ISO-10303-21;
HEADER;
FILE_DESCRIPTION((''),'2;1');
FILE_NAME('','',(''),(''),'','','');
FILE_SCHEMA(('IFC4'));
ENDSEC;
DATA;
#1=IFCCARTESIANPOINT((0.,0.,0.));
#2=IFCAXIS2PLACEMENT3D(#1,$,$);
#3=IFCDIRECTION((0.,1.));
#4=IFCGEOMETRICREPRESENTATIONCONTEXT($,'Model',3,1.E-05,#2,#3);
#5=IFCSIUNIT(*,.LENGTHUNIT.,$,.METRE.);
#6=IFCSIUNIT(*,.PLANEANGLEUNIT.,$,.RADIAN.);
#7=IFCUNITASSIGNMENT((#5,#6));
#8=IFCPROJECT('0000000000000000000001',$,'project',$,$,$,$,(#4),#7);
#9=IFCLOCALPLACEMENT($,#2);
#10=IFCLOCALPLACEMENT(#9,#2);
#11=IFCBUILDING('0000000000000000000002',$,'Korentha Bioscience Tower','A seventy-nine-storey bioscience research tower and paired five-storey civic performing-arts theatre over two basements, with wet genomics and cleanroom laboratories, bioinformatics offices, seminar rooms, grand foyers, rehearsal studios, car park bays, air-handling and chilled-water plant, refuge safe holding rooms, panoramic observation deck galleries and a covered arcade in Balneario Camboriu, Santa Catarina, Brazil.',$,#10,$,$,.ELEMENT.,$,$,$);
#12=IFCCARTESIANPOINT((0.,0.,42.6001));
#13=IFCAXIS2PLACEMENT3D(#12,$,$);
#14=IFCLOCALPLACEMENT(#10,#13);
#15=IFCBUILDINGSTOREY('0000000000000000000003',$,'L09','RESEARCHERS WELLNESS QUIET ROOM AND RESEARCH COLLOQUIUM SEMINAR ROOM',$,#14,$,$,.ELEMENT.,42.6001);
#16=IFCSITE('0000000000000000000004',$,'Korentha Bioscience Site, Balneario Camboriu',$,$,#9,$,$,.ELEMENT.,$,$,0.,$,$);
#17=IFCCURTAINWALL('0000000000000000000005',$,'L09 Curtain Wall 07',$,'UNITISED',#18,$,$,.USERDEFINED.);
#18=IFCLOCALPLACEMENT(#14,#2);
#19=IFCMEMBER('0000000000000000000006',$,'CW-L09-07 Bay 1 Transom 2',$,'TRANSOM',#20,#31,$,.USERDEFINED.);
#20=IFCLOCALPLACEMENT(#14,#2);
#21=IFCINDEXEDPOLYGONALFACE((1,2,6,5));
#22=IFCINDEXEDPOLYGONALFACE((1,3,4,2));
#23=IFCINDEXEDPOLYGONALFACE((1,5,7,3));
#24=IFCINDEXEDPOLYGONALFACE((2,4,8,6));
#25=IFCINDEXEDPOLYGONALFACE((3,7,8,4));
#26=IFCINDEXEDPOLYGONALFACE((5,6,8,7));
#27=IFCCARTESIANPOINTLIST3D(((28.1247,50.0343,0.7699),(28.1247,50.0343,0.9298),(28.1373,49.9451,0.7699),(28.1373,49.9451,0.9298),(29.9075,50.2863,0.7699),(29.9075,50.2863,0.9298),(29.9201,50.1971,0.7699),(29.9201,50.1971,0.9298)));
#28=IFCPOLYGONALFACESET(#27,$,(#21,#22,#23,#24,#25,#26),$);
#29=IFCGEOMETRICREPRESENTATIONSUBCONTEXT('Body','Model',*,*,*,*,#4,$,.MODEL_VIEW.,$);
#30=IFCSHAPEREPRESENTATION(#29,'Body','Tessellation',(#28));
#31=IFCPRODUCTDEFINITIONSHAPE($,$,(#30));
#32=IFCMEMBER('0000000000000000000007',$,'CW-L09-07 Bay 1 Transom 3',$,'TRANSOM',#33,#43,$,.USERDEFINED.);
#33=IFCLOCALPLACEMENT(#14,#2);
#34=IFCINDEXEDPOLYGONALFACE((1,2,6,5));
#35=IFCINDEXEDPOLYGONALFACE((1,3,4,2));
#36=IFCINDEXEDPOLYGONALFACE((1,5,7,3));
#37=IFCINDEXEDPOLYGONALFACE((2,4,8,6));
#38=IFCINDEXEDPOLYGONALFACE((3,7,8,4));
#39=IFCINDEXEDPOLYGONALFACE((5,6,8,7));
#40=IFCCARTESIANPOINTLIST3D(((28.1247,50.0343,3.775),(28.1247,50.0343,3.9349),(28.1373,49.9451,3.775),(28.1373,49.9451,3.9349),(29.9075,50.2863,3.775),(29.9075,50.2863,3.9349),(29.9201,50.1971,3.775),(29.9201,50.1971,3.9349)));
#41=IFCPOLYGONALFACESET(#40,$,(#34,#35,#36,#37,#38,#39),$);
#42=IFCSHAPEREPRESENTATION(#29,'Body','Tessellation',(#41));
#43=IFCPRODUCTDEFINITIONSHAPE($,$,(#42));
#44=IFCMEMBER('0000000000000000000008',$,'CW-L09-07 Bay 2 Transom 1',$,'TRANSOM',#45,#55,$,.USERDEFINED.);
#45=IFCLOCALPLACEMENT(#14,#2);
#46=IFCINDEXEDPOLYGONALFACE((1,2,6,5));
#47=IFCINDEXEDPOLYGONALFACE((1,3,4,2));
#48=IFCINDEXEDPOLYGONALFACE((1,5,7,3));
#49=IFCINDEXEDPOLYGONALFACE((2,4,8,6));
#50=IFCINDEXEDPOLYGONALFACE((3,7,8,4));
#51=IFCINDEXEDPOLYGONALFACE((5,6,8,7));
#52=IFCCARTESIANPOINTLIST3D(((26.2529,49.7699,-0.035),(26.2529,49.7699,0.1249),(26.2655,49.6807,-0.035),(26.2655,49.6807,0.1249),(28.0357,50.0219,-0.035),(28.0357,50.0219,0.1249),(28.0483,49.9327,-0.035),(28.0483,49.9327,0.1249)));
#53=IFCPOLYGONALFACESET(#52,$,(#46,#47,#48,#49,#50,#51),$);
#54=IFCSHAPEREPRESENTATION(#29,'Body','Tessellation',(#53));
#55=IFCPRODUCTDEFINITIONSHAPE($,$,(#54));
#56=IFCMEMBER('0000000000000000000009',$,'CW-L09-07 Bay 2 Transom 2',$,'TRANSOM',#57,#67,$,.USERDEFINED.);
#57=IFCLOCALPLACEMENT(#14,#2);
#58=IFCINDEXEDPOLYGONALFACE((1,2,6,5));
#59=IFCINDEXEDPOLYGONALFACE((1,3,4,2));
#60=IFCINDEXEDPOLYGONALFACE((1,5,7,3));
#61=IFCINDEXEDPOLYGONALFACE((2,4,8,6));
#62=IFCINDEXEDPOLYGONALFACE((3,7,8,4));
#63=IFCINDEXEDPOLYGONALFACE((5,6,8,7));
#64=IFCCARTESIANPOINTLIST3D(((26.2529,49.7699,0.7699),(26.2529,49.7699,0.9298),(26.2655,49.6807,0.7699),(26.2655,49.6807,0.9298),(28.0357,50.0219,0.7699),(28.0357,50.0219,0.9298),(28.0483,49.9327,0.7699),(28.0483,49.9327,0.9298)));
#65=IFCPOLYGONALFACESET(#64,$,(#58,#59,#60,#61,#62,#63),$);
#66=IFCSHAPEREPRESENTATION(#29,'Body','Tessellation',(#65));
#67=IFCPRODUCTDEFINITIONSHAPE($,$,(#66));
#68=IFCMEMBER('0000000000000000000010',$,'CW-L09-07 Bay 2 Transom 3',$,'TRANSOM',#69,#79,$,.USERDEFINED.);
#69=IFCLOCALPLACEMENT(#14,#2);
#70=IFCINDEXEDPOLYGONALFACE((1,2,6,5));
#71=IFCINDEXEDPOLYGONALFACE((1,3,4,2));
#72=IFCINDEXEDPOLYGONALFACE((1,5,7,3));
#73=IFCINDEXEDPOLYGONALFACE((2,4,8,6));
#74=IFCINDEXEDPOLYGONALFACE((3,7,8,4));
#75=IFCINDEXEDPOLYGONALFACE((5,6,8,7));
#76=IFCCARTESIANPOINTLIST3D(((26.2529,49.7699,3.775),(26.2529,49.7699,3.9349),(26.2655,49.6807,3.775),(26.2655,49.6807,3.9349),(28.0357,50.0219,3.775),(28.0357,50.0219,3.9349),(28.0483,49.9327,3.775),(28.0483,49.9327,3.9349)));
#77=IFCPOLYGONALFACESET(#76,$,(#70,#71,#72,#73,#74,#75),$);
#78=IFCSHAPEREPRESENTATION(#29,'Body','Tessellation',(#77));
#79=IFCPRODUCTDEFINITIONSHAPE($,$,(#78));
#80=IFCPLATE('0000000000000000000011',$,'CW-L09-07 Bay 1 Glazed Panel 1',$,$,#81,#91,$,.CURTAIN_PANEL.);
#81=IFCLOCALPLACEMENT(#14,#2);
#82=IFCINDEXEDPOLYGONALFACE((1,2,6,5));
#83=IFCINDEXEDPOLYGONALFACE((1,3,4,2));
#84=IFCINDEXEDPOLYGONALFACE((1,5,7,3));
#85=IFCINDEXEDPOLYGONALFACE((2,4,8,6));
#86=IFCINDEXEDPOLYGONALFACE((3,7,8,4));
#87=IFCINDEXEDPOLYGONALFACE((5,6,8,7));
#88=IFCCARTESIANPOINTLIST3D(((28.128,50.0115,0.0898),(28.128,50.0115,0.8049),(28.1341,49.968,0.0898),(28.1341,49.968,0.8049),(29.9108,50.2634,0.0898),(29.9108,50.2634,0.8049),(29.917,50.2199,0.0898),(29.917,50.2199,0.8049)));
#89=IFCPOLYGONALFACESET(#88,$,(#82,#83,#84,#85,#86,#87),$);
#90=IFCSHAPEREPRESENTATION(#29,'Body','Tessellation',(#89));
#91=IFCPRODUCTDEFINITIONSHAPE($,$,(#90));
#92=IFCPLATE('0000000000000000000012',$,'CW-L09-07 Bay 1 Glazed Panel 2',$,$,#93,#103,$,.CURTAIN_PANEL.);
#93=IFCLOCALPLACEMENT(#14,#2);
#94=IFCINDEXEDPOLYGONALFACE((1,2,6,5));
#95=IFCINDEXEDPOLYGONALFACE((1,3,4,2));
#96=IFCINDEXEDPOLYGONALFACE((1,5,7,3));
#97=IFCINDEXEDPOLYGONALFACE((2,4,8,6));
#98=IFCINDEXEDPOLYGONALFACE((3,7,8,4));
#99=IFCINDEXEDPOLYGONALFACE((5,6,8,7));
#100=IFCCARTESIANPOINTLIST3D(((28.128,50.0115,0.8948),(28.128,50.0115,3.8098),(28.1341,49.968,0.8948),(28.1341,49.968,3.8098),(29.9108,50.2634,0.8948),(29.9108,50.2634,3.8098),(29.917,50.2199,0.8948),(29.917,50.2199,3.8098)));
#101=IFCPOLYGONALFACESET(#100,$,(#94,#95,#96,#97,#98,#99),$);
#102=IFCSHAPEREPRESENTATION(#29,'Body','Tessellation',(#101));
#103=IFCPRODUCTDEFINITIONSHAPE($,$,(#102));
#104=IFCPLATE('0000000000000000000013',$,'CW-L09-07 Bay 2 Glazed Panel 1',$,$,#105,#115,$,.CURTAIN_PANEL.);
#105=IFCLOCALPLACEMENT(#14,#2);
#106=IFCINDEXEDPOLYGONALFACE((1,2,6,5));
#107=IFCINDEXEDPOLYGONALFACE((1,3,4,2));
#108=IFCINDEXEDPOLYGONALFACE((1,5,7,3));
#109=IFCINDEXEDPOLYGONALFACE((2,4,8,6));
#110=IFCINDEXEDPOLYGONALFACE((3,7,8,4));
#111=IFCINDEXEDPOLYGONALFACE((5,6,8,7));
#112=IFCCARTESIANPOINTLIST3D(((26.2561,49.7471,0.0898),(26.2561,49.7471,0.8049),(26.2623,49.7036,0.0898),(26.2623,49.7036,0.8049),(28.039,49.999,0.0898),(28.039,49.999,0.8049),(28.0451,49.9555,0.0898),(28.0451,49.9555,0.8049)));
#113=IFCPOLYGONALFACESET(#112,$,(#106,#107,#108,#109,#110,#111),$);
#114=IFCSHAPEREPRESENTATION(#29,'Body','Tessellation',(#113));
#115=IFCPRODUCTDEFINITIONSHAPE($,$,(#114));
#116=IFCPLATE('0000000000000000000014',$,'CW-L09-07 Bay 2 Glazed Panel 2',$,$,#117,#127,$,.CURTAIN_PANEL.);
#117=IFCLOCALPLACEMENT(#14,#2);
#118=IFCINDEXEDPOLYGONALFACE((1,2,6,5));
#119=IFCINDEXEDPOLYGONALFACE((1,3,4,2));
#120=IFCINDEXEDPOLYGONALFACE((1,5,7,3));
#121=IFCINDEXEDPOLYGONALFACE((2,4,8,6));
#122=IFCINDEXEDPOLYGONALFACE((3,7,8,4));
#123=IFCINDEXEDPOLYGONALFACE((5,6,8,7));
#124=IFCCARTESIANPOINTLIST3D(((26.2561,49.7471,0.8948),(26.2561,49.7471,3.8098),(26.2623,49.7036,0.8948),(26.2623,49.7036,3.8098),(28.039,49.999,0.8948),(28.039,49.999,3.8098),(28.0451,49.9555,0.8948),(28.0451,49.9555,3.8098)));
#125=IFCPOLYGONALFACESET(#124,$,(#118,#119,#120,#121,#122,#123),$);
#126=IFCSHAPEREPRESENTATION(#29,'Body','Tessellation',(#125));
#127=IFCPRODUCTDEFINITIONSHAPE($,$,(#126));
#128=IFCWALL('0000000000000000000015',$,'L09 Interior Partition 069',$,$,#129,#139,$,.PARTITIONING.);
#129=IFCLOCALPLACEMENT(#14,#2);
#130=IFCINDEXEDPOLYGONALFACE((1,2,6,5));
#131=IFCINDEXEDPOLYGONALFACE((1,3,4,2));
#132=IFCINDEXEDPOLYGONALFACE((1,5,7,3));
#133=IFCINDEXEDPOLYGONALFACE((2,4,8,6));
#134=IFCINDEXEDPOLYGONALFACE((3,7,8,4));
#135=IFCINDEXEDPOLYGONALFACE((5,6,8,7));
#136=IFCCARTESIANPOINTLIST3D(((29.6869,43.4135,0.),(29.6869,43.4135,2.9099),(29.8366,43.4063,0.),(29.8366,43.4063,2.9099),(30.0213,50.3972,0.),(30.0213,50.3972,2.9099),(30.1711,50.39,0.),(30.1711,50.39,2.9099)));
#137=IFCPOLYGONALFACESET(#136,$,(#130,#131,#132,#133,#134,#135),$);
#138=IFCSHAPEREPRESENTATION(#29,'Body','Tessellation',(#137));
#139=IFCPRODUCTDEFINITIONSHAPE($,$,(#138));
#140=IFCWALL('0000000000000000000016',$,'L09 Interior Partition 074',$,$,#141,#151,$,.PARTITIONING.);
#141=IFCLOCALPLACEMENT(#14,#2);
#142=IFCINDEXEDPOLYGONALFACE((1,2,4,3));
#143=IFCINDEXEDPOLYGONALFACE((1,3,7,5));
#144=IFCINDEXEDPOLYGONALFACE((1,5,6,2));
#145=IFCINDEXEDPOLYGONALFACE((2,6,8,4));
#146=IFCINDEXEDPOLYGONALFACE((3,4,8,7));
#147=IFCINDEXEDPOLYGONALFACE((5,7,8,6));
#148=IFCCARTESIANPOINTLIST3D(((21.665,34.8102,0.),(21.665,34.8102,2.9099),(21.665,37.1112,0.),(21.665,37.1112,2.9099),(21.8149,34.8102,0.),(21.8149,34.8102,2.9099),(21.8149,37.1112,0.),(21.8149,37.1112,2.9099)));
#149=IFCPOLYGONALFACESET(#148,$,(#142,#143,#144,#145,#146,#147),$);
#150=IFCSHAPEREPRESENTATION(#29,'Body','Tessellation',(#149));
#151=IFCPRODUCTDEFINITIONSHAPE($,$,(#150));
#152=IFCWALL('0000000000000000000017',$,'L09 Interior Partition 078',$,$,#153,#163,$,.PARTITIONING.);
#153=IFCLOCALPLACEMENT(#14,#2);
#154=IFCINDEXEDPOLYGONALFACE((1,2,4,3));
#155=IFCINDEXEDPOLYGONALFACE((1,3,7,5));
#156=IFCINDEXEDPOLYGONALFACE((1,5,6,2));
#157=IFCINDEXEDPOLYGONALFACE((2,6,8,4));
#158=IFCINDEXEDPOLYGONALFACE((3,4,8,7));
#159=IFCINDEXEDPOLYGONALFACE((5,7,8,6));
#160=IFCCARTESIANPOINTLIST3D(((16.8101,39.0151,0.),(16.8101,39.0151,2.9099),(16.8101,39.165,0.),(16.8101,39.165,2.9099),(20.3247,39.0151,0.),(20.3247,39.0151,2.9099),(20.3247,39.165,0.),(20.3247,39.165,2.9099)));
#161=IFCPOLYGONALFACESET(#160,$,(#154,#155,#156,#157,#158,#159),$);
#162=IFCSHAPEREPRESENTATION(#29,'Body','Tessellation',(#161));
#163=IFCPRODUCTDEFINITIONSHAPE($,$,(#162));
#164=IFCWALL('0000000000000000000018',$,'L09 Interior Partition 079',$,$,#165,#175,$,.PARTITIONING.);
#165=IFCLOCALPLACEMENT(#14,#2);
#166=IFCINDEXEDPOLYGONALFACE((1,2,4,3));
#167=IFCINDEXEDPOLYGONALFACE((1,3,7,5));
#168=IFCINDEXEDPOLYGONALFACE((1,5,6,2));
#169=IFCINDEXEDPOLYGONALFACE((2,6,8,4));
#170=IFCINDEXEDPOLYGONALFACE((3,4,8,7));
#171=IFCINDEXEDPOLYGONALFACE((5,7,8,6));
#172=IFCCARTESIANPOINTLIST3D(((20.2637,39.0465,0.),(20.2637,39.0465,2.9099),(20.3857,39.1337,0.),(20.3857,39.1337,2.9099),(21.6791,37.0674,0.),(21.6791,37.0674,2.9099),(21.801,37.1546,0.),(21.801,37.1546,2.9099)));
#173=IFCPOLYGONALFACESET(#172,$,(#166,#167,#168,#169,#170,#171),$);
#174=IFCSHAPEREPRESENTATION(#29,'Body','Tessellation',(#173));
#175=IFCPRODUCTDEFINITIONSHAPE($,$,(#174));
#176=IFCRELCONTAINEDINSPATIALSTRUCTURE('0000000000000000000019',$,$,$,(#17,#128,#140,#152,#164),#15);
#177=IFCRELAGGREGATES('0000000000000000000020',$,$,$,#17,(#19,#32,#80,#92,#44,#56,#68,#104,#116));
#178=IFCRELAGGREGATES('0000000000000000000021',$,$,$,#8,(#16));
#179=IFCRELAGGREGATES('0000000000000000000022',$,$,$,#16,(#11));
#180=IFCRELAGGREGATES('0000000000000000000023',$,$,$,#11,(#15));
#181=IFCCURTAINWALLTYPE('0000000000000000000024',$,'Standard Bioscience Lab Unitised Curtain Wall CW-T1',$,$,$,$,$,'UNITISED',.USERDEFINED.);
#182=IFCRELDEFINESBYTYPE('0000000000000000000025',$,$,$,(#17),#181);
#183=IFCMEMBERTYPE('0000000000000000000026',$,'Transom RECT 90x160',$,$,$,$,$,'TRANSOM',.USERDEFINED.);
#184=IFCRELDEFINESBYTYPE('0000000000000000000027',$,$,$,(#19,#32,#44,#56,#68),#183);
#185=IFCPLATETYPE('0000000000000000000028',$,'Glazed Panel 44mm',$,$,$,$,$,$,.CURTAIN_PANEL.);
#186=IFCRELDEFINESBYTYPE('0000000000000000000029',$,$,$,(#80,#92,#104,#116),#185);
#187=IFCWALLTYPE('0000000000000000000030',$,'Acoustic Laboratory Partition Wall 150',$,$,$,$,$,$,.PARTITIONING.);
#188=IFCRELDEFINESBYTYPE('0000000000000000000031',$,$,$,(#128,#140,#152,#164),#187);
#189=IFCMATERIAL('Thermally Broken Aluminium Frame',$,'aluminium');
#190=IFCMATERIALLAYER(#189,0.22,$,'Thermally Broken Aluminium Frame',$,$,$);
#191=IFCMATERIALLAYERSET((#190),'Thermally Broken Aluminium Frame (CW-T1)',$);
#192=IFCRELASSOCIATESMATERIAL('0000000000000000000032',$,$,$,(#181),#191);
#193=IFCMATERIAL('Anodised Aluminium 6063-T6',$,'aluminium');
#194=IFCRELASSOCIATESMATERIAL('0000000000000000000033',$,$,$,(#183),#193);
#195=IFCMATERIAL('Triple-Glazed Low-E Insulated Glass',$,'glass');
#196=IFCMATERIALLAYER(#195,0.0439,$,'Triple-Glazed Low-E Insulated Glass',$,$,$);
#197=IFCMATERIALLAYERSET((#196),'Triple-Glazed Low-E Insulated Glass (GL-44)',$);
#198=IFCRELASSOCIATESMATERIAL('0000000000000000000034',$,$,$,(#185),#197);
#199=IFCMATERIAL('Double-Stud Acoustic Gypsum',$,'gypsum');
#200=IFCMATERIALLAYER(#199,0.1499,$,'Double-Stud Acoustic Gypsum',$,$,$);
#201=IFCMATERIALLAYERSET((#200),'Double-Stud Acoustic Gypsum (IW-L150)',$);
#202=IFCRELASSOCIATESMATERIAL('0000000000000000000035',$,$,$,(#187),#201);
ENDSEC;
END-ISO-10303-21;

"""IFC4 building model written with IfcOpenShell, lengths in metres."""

from ifc_helpers import new_model, si_unit, direction, frame, frame_2d, origin, origin_2d, place, context, subcontext, project, spatial, rectangle, extrude, material, layer, layer_set, material_profile, profile_set, type_object, element, aggregate, save


model = new_model("IFC4")

# Units and contexts
model_context = context("Model", 3, precision=1e-05, world=origin(), true_north=direction((0.0, 1.0)))
body_context = subcontext(model_context, "Body", "Model", "MODEL_VIEW")
ifc_project = project(units=[si_unit("LENGTHUNIT", "METRE"), si_unit("PLANEANGLEUNIT", "RADIAN")], contexts=[model_context])

# Site, building, storey
site_placement = place(None, origin())
site = spatial("IfcSite", under=ifc_project, at=site_placement, Name="Korentha Bioscience Site, Balneario Camboriu", CompositionType="ELEMENT", RefElevation=0.0)
building_placement = place(site_placement, origin())
building = spatial("IfcBuilding", under=site, at=building_placement, Name="Korentha Bioscience Tower", Description="A seventy-nine-storey bioscience research tower and paired five-storey civic performing-arts theatre over two basements, with wet genomics and cleanroom laboratories, bioinformatics offices, seminar rooms, grand foyers, rehearsal studios, car park bays, air-handling and chilled-water plant, refuge safe holding rooms, panoramic observation deck galleries and a covered arcade in Balneario Camboriu, Santa Catarina, Brazil.", CompositionType="ELEMENT")
storey_placement = place(building_placement, frame((0.0, 0.0, 42.6001)))
storey = spatial("IfcBuildingStorey", under=building, at=storey_placement, Name="L09", Description="RESEARCHERS WELLNESS QUIET ROOM AND RESEARCH COLLOQUIUM SEMINAR ROOM", CompositionType="ELEMENT", Elevation=42.6001)

# Curtain wall
ifc_material_1 = material(Name="Thermally Broken Aluminium Frame", Category="aluminium")
ifc_layer_1 = layer(ifc_material_1, 0.22, Name="Thermally Broken Aluminium Frame")
ifc_layer_set_1 = layer_set([ifc_layer_1], Name="Thermally Broken Aluminium Frame (CW-T1)")
curtain_wall_type = type_object("IfcCurtainWallType", Name="Standard Bioscience Lab Unitised Curtain Wall CW-T1", ElementType="UNITISED", PredefinedType="USERDEFINED", material=ifc_layer_set_1)
curtain_wall_placement = place(storey_placement, origin())
curtain_wall = element("IfcCurtainWall", 1, at=curtain_wall_placement, inside=storey, type_object=curtain_wall_type, Name="L09 Curtain Wall 07", ObjectType="UNITISED", PredefinedType="USERDEFINED")
ifc_material_2 = material(Name="Anodised Aluminium 6063-T6", Category="aluminium")

# Members
ifc_material_profile_1 = material_profile(ifc_material_2, rectangle(XDim=0.0901, YDim=0.1599, at=origin_2d()), Name="Anodised Aluminium 6063-T6")
ifc_profile_set_1 = profile_set([ifc_material_profile_1], Name="Anodised Aluminium 6063-T6 (CW-TRN)")
member_type_1 = type_object("IfcMemberType", Name="Transom RECT 90x160", ElementType="TRANSOM", PredefinedType="USERDEFINED", material=ifc_profile_set_1)
member_1_placement = place(storey_placement, frame((29.9138, 50.2417, 0.8499), z_axis=(-0.99016, -0.13994, 0.0), x_axis=(0.13994, -0.99016, 0.0)))
member_1 = element("IfcMember", 2, at=member_1_placement, type_object=member_type_1, Name="CW-L09-07 Bay 1 Transom 2", ObjectType="TRANSOM", PredefinedType="USERDEFINED", context=body_context, shape_type="SweptSolid", body=[
    extrude(rectangle(XDim=0.0901, YDim=0.1599, at=origin_2d()), origin(), (0.0, 0.0, 1.0), 1.8005),
])
member_2_placement = place(storey_placement, frame((29.9138, 50.2417, 3.855), z_axis=(-0.99016, -0.13994, 0.0), x_axis=(0.13994, -0.99016, 0.0)))
member_2 = element("IfcMember", 3, at=member_2_placement, type_object=member_type_1, Name="CW-L09-07 Bay 1 Transom 3", ObjectType="TRANSOM", PredefinedType="USERDEFINED", context=body_context, shape_type="SweptSolid", body=[
    extrude(rectangle(XDim=0.0901, YDim=0.1599, at=origin_2d()), origin(), (0.0, 0.0, 1.0), 1.8005),
])
member_3_placement = place(storey_placement, frame((28.042, 49.9773, 0.0449), z_axis=(-0.99016, -0.13994, 0.0), x_axis=(0.13994, -0.99016, 0.0)))
member_3 = element("IfcMember", 4, at=member_3_placement, type_object=member_type_1, Name="CW-L09-07 Bay 2 Transom 1", ObjectType="TRANSOM", PredefinedType="USERDEFINED", context=body_context, shape_type="SweptSolid", body=[
    extrude(rectangle(XDim=0.0901, YDim=0.1599, at=origin_2d()), origin(), (0.0, 0.0, 1.0), 1.8005),
])
member_4_placement = place(storey_placement, frame((28.042, 49.9773, 0.8499), z_axis=(-0.99016, -0.13994, 0.0), x_axis=(0.13994, -0.99016, 0.0)))
member_4 = element("IfcMember", 5, at=member_4_placement, type_object=member_type_1, Name="CW-L09-07 Bay 2 Transom 2", ObjectType="TRANSOM", PredefinedType="USERDEFINED", context=body_context, shape_type="SweptSolid", body=[
    extrude(rectangle(XDim=0.0901, YDim=0.1599, at=origin_2d()), origin(), (0.0, 0.0, 1.0), 1.8005),
])
member_5_placement = place(storey_placement, frame((28.042, 49.9773, 3.855), z_axis=(-0.99016, -0.13994, 0.0), x_axis=(0.13994, -0.99016, 0.0)))
member_5 = element("IfcMember", 6, at=member_5_placement, type_object=member_type_1, Name="CW-L09-07 Bay 2 Transom 3", ObjectType="TRANSOM", PredefinedType="USERDEFINED", context=body_context, shape_type="SweptSolid", body=[
    extrude(rectangle(XDim=0.0901, YDim=0.1599, at=origin_2d()), origin(), (0.0, 0.0, 1.0), 1.8005),
])

# Plates
ifc_material_3 = material(Name="Triple-Glazed Low-E Insulated Glass", Category="glass")
ifc_layer_2 = layer(ifc_material_3, 0.0439, Name="Triple-Glazed Low-E Insulated Glass")
ifc_layer_set_2 = layer_set([ifc_layer_2], Name="Triple-Glazed Low-E Insulated Glass (GL-44)")
plate_type = type_object("IfcPlateType", Name="Glazed Panel 44mm", PredefinedType="CURTAIN_PANEL", material=ifc_layer_set_2)
plate_1_placement = place(storey_placement, frame((29.0225, 50.1157, 0.0898), z_axis=(0.0, 0.0, 1.0), x_axis=(-0.990167, -0.139888, 0.0)))
plate_1 = element("IfcPlate", 7, at=plate_1_placement, type_object=plate_type, Name="CW-L09-07 Bay 1 Glazed Panel 1", PredefinedType="CURTAIN_PANEL", context=body_context, shape_type="SweptSolid", body=[
    extrude(rectangle(XDim=1.8005, YDim=0.0439, at=origin_2d()), origin(), (0.0, 0.0, 1.0), 0.7151),
])
plate_2_placement = place(storey_placement, frame((29.0225, 50.1157, 0.8948), z_axis=(0.0, 0.0, 1.0), x_axis=(-0.990167, -0.139888, 0.0)))
plate_2 = element("IfcPlate", 8, at=plate_2_placement, type_object=plate_type, Name="CW-L09-07 Bay 1 Glazed Panel 2", PredefinedType="CURTAIN_PANEL", context=body_context, shape_type="SweptSolid", body=[
    extrude(rectangle(XDim=1.8005, YDim=0.0439, at=origin_2d()), origin(), (0.0, 0.0, 1.0), 2.915),
])
plate_3_placement = place(storey_placement, frame((27.1506, 49.8513, 0.0898), z_axis=(0.0, 0.0, 1.0), x_axis=(-0.990167, -0.139888, 0.0)))
plate_3 = element("IfcPlate", 9, at=plate_3_placement, type_object=plate_type, Name="CW-L09-07 Bay 2 Glazed Panel 1", PredefinedType="CURTAIN_PANEL", context=body_context, shape_type="SweptSolid", body=[
    extrude(rectangle(XDim=1.8005, YDim=0.0439, at=origin_2d()), origin(), (0.0, 0.0, 1.0), 0.7151),
])
plate_4_placement = place(storey_placement, frame((27.1506, 49.8513, 0.8948), z_axis=(0.0, 0.0, 1.0), x_axis=(-0.990167, -0.139888, 0.0)))
plate_4 = element("IfcPlate", 10, at=plate_4_placement, type_object=plate_type, Name="CW-L09-07 Bay 2 Glazed Panel 2", PredefinedType="CURTAIN_PANEL", context=body_context, shape_type="SweptSolid", body=[
    extrude(rectangle(XDim=1.8005, YDim=0.0439, at=origin_2d()), origin(), (0.0, 0.0, 1.0), 2.915),
])
aggregate(curtain_wall, [member_1, member_2, plate_1, plate_2, member_3, member_4, member_5, plate_3, plate_4])

# Walls
ifc_material_4 = material(Name="Double-Stud Acoustic Gypsum", Category="gypsum")
ifc_layer_3 = layer(ifc_material_4, 0.1499, Name="Double-Stud Acoustic Gypsum")
ifc_layer_set_3 = layer_set([ifc_layer_3], Name="Double-Stud Acoustic Gypsum (IW-L150)")
wall_type_1 = type_object("IfcWallType", Name="Acoustic Laboratory Partition Wall 150", PredefinedType="PARTITIONING", material=ifc_layer_set_3)
wall_1_placement = place(storey_placement, frame((29.7617, 43.4099, 0.0), z_axis=(0.0, 0.0, 1.0), x_axis=(0.047839, 0.998855, 0.0)))
element("IfcWall", 11, at=wall_1_placement, inside=storey, type_object=wall_type_1, Name="L09 Interior Partition 069", PredefinedType="PARTITIONING", context=body_context, shape_type="SweptSolid", body=[
    extrude(rectangle(XDim=6.9917, YDim=0.1499, at=frame_2d((3.4958, 0.0))), origin(), (0.0, 0.0, 1.0), 2.9099),
])
wall_2_placement = place(storey_placement, frame((21.74, 37.1111, 0.0), z_axis=(0.0, 0.0, 1.0), x_axis=(0.0, -1.0, 0.0)))
element("IfcWall", 12, at=wall_2_placement, inside=storey, type_object=wall_type_1, Name="L09 Interior Partition 074", PredefinedType="PARTITIONING", context=body_context, shape_type="SweptSolid", body=[
    extrude(rectangle(XDim=2.301, YDim=0.1499, at=frame_2d((1.1504, 0.0))), origin(), (0.0, 0.0, 1.0), 2.9099),
])
wall_3_placement = place(storey_placement, frame((16.8101, 39.0901, 0.0), z_axis=(0.0, 0.0, 1.0), x_axis=(1.0, 0.0, 0.0)))
element("IfcWall", 13, at=wall_3_placement, inside=storey, type_object=wall_type_1, Name="L09 Interior Partition 078", PredefinedType="PARTITIONING", context=body_context, shape_type="SweptSolid", body=[
    extrude(rectangle(XDim=3.5146, YDim=0.1499, at=frame_2d((1.7573, 0.0))), origin(), (0.0, 0.0, 1.0), 2.9099),
])
wall_4_placement = place(storey_placement, frame((20.3247, 39.0901, 0.0), z_axis=(0.0, 0.0, 1.0), x_axis=(0.581703, -0.813401, 0.0)))
element("IfcWall", 14, at=wall_4_placement, inside=storey, type_object=wall_type_1, Name="L09 Interior Partition 079", PredefinedType="PARTITIONING", context=body_context, shape_type="SweptSolid", body=[
    extrude(rectangle(XDim=2.4331, YDim=0.1499, at=frame_2d((1.2166, 0.0))), origin(), (0.0, 0.0, 1.0), 2.9099),
])

save(model, "model.ifc")
